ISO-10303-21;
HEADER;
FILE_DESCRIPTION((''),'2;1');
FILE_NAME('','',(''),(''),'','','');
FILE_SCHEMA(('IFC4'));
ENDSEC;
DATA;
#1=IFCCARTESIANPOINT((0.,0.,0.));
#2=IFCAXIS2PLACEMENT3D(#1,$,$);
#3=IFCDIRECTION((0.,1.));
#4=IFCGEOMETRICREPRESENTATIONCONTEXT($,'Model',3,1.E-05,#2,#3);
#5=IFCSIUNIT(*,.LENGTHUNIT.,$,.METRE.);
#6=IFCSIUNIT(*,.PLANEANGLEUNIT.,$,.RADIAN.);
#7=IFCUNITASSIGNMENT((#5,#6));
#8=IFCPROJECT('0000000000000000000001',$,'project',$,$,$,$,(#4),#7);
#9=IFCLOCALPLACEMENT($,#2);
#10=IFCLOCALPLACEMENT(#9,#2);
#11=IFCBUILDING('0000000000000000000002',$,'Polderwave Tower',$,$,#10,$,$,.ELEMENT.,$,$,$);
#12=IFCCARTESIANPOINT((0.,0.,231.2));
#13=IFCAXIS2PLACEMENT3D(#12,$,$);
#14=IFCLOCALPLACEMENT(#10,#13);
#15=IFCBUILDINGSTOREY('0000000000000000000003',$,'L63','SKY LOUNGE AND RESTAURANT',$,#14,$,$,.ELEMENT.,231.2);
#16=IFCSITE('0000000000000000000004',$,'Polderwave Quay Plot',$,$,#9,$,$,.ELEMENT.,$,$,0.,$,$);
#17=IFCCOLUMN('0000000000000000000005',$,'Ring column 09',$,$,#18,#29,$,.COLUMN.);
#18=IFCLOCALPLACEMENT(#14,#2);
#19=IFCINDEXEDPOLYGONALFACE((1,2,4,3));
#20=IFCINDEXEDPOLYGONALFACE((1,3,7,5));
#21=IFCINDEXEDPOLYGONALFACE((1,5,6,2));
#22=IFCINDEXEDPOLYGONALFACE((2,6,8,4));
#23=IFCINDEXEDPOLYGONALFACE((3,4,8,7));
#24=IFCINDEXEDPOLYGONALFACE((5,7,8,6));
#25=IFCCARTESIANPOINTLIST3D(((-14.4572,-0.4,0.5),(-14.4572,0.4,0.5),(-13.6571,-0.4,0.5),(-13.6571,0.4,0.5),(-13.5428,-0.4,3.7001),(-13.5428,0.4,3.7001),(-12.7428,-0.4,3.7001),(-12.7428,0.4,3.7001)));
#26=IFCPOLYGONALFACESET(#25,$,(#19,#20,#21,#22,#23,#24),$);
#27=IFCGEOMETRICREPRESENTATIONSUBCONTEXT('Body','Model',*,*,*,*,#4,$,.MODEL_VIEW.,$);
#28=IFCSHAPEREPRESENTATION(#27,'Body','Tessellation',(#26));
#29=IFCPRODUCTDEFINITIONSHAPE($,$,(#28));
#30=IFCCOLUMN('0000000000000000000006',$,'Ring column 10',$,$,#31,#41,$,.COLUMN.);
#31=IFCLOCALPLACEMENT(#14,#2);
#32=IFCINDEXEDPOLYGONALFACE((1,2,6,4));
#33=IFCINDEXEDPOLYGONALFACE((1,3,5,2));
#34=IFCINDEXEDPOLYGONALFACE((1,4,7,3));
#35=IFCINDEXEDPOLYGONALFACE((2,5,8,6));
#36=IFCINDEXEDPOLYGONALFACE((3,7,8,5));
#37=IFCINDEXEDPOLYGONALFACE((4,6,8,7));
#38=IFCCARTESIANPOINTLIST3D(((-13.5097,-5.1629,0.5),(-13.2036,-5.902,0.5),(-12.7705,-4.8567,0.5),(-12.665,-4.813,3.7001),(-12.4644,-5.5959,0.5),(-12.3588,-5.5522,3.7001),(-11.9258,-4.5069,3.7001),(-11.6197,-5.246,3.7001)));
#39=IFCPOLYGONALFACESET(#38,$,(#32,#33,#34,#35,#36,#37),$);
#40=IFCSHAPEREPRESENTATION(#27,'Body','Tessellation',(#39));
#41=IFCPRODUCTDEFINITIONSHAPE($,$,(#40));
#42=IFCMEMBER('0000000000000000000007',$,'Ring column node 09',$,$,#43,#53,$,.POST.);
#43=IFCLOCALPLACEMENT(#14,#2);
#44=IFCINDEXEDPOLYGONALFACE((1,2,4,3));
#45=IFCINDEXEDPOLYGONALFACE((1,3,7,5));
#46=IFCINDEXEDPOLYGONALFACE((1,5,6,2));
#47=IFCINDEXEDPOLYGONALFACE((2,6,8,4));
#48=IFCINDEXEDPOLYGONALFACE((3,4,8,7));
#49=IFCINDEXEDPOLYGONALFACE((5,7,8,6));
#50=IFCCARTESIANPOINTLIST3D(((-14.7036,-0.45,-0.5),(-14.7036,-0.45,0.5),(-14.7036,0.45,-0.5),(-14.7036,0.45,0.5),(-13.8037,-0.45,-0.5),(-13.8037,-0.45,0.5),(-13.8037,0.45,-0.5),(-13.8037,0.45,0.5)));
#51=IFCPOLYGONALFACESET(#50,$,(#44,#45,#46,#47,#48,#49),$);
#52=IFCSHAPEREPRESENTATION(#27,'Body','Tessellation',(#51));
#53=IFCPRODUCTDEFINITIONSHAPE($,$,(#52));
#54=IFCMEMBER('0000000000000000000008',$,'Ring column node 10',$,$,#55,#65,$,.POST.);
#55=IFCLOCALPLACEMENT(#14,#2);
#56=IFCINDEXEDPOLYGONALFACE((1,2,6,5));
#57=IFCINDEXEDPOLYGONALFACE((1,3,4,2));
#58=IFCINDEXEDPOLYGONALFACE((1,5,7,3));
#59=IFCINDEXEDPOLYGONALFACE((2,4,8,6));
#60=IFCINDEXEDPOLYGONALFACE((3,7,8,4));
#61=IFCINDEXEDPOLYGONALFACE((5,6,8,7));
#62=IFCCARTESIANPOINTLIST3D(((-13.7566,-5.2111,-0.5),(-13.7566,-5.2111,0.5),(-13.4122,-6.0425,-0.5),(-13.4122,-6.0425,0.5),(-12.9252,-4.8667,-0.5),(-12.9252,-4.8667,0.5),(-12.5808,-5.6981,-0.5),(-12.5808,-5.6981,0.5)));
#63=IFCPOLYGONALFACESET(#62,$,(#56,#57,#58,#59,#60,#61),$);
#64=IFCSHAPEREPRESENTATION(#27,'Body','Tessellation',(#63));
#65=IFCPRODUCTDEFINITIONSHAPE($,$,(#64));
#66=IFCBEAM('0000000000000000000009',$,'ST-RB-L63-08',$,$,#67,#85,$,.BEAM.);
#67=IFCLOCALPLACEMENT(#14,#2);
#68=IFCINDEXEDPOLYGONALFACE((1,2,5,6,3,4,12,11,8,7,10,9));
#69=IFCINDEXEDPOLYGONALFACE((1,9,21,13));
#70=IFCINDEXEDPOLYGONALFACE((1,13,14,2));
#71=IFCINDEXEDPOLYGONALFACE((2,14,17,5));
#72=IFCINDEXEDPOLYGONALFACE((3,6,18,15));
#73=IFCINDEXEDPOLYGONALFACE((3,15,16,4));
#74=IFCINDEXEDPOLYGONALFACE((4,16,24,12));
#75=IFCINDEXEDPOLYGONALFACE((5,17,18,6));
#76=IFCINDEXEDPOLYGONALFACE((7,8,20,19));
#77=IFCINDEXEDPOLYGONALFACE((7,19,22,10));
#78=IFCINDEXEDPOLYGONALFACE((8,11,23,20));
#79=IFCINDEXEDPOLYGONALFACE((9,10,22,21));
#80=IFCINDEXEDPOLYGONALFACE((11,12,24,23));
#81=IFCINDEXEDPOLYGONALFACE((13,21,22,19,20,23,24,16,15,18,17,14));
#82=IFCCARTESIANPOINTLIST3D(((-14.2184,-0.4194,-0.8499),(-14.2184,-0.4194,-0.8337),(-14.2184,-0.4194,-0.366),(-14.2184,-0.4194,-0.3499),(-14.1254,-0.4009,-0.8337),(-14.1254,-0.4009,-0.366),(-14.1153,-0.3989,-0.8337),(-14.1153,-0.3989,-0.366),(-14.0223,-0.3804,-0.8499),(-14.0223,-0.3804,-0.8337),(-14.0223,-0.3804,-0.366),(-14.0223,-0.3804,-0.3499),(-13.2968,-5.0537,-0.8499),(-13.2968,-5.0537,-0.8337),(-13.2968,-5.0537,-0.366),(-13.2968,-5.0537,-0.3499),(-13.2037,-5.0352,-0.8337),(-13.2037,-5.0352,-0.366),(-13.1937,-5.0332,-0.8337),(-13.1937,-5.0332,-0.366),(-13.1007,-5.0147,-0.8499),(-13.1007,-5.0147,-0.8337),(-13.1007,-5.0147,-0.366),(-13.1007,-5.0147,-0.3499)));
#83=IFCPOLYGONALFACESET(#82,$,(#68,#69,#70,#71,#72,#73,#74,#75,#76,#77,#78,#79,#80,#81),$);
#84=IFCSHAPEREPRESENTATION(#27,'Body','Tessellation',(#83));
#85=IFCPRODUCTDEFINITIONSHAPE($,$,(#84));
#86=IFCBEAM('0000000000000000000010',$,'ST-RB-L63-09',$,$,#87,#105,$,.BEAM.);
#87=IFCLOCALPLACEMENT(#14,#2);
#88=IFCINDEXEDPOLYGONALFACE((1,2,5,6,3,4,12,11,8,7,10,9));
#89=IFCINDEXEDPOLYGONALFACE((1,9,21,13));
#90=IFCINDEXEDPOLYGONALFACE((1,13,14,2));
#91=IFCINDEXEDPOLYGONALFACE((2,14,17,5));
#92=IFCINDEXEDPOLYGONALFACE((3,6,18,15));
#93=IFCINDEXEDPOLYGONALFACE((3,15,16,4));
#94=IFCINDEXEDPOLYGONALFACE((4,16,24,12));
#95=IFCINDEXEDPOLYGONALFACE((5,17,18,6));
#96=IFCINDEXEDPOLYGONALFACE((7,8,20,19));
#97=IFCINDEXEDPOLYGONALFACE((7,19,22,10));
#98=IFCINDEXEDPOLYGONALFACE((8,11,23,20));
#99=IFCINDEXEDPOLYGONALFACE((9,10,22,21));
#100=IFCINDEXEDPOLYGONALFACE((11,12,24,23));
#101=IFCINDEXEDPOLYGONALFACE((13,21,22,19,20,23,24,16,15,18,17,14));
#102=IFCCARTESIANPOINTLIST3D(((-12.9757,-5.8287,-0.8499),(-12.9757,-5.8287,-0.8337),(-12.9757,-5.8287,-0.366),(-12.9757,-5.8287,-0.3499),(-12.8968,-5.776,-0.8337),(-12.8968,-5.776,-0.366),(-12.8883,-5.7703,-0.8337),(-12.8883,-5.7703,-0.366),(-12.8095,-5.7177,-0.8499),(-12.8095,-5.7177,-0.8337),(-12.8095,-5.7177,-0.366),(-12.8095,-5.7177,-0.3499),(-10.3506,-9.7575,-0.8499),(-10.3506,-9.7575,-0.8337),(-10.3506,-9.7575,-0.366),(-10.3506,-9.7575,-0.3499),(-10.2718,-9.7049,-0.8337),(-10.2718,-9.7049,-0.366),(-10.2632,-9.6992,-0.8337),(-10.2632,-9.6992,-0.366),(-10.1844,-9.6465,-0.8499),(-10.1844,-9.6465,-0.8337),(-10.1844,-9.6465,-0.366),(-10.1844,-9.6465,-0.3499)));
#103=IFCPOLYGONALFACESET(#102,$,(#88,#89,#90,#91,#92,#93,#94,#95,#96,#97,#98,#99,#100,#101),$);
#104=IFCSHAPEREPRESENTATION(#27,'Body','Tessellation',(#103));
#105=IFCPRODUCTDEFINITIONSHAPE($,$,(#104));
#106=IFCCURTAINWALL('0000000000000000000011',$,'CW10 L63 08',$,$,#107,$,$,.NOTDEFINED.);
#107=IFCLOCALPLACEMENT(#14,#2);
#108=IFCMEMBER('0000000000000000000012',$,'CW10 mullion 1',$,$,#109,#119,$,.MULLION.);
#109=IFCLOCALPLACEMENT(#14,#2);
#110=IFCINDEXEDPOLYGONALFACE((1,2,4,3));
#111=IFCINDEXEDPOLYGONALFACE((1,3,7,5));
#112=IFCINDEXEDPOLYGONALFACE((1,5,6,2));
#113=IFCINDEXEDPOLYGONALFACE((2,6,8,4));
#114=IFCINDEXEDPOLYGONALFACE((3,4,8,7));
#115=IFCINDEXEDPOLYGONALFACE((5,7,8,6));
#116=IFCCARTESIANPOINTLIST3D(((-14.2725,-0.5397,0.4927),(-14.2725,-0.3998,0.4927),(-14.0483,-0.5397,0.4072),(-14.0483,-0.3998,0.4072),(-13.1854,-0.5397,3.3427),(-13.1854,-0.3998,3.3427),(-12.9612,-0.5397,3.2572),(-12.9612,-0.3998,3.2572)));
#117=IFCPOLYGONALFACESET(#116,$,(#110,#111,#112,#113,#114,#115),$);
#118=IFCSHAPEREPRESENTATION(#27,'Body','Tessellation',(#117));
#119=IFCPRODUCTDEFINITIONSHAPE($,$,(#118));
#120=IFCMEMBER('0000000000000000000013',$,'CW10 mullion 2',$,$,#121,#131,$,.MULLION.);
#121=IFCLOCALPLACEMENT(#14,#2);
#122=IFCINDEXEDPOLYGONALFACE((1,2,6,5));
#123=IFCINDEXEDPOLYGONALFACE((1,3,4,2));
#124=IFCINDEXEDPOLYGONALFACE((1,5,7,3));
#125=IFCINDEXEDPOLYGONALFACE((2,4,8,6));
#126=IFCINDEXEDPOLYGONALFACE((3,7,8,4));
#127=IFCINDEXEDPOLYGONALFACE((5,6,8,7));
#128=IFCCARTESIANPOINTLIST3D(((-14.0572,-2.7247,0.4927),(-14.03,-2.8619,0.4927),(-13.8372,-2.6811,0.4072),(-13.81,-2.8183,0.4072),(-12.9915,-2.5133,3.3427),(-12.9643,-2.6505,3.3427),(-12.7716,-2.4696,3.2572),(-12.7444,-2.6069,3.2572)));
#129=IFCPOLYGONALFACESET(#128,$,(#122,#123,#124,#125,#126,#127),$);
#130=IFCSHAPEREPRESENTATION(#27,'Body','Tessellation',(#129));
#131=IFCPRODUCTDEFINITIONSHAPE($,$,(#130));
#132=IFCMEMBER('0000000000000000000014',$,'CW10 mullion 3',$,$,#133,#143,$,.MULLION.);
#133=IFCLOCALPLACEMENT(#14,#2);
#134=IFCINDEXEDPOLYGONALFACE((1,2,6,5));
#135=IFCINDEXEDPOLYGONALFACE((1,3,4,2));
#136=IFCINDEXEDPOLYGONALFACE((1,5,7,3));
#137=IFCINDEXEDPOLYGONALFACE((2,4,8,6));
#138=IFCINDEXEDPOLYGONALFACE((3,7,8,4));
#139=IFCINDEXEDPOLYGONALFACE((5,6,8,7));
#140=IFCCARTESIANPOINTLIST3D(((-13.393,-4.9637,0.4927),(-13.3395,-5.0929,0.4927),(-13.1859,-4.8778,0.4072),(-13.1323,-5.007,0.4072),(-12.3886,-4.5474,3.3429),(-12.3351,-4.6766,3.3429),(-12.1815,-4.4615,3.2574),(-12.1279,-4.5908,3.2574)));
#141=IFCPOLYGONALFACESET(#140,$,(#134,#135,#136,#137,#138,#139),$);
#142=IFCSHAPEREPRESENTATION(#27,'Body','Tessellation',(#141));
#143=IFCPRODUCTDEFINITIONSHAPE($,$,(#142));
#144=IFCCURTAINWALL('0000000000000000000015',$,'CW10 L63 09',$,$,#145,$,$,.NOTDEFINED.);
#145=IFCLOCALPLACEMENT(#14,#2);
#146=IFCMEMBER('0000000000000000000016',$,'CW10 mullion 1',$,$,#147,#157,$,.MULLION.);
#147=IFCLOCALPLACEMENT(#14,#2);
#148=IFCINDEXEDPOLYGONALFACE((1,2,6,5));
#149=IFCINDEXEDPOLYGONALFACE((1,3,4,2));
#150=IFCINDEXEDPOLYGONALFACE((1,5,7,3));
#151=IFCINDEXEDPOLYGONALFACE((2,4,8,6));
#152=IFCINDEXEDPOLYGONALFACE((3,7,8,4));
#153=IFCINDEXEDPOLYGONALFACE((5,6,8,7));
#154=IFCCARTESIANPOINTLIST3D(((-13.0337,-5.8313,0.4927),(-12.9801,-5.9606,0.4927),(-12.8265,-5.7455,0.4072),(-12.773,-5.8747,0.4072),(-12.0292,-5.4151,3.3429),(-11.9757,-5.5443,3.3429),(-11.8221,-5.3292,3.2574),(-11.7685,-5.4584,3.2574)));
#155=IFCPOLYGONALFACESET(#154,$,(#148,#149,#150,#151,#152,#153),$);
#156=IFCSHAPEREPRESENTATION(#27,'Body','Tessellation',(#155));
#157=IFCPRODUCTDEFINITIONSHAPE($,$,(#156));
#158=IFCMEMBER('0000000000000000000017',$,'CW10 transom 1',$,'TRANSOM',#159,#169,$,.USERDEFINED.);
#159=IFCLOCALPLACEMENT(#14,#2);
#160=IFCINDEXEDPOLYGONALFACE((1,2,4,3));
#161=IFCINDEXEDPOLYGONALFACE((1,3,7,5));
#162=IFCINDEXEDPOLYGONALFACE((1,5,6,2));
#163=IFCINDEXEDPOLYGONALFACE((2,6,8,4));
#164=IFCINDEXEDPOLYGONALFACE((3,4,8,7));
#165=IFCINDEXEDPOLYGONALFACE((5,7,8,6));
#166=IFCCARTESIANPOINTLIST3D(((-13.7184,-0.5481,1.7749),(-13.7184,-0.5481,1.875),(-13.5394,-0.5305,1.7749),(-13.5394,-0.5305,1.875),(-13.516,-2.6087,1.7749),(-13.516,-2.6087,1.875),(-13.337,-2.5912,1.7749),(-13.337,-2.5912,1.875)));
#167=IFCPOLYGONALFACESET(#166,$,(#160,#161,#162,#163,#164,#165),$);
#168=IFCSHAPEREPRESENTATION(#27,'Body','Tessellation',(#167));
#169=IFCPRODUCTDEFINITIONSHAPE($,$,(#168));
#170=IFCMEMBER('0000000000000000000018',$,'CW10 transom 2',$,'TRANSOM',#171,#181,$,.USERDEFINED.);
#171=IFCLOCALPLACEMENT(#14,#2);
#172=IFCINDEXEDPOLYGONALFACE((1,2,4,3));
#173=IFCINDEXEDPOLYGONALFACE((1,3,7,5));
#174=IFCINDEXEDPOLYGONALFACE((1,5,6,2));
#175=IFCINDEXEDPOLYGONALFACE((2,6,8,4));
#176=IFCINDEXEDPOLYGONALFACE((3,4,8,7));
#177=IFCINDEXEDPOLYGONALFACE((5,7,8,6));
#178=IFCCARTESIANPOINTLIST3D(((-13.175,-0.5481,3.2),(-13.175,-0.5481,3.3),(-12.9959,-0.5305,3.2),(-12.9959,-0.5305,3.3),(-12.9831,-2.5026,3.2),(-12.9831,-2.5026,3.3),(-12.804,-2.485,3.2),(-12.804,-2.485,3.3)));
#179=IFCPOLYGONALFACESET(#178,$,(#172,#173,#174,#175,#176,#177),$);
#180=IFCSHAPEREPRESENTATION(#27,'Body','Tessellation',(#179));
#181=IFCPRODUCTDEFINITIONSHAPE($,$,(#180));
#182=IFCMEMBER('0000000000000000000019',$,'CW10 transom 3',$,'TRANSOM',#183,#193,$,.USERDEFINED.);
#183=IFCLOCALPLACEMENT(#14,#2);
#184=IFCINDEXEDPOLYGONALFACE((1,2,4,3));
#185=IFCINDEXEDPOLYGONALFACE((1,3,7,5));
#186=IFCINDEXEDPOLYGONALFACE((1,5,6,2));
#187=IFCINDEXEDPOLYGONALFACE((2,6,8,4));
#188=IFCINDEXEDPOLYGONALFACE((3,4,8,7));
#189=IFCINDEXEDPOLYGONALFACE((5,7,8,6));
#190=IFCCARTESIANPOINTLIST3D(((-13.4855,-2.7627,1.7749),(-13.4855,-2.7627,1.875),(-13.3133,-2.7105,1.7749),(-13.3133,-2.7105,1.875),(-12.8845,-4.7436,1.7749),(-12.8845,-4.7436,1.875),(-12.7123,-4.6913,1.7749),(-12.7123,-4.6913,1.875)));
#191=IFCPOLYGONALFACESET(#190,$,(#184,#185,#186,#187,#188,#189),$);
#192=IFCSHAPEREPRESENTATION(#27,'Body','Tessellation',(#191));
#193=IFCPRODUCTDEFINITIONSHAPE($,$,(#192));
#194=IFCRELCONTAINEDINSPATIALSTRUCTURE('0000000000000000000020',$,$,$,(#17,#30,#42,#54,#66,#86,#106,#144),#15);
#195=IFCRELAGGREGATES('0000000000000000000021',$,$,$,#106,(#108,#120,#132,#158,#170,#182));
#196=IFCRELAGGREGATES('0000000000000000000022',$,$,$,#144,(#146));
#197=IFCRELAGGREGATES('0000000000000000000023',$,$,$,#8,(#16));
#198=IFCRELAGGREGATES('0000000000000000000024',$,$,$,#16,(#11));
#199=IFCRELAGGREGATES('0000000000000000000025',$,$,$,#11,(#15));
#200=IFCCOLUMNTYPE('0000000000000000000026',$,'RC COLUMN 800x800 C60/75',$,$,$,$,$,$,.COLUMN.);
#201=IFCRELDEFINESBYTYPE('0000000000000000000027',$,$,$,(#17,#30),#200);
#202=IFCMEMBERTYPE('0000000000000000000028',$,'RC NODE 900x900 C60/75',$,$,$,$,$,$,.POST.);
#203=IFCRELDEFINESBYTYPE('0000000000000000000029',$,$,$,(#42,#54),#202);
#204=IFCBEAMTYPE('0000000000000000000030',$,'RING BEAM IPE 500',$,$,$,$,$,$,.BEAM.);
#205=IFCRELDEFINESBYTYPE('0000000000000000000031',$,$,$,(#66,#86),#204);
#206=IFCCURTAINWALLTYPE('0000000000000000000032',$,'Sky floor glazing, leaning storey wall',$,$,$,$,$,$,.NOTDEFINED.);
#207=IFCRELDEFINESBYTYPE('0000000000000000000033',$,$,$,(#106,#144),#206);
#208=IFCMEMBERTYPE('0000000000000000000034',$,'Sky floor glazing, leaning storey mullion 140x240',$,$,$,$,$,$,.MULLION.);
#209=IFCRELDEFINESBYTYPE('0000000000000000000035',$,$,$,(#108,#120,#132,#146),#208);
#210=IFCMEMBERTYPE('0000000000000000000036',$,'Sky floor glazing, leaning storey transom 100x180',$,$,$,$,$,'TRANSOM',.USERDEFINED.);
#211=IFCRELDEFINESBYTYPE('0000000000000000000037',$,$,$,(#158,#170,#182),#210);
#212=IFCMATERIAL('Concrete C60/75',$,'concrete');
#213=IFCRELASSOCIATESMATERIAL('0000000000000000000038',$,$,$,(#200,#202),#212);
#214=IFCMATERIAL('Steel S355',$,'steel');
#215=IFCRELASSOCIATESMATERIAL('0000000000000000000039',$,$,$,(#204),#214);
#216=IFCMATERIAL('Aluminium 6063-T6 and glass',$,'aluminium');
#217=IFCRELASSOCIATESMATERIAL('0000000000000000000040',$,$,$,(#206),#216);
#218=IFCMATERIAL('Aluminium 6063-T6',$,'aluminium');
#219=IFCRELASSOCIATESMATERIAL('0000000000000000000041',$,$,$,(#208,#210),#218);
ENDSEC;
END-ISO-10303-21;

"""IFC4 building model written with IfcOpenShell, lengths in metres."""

from ifc_helpers import new_model, si_unit, direction, frame, origin, origin_2d, place, context, subcontext, project, spatial, rectangle, i_section, extrude, material, material_profile, profile_set, type_object, element, aggregate, save


model = new_model("IFC4")

# Units and contexts
model_context = context("Model", 3, precision=1e-05, world=origin(), true_north=direction((0.0, 1.0)))
body_context = subcontext(model_context, "Body", "Model", "MODEL_VIEW")
ifc_project = project(units=[si_unit("LENGTHUNIT", "METRE"), si_unit("PLANEANGLEUNIT", "RADIAN")], contexts=[model_context])

# Site, building, storey
site_placement = place(None, origin())
site = spatial("IfcSite", under=ifc_project, at=site_placement, Name="Polderwave Quay Plot", CompositionType="ELEMENT", RefElevation=0.0)
building_placement = place(site_placement, origin())
building = spatial("IfcBuilding", under=site, at=building_placement, Name="Polderwave Tower", CompositionType="ELEMENT")
storey_placement = place(building_placement, frame((0.0, 0.0, 231.2)))
storey = spatial("IfcBuildingStorey", under=building, at=storey_placement, Name="L63", Description="SKY LOUNGE AND RESTAURANT", CompositionType="ELEMENT", Elevation=231.2)

# Columns
ifc_material_1 = material(Name="Concrete C60/75", Category="concrete")
ifc_material_profile_1 = material_profile(ifc_material_1, rectangle(XDim=0.8, YDim=0.8, at=origin_2d()), Name="RC 800x800")
ifc_profile_set_1 = profile_set([ifc_material_profile_1], Name="Concrete C60/75")
column_type = type_object("IfcColumnType", Name="RC COLUMN 800x800 C60/75", PredefinedType="COLUMN", material=ifc_profile_set_1)
column_1_placement = place(storey_placement, frame((-14.0571, 0.0, 0.5), z_axis=(0.0, 0.0, 1.0), x_axis=(0.0, 1.0, 0.0)))
element("IfcColumn", 1, at=column_1_placement, inside=storey, type_object=column_type, Name="Ring column 09", PredefinedType="COLUMN", context=body_context, shape_type="SweptSolid", body=[
    extrude(rectangle(XDim=0.8, YDim=0.8, at=origin_2d()), origin(), (0.0, -0.274731, 0.961521), 3.3281),
])
column_2_placement = place(storey_placement, frame((-12.9871, -5.3794, 0.5), z_axis=(0.0, 0.0, 1.0), x_axis=(-0.382643, 0.923896, 0.0)))
element("IfcColumn", 2, at=column_2_placement, inside=storey, type_object=column_type, Name="Ring column 10", PredefinedType="COLUMN", context=body_context, shape_type="SweptSolid", body=[
    extrude(rectangle(XDim=0.8, YDim=0.8, at=origin_2d()), origin(), (0.0, -0.274731, 0.961521), 3.3281),
])

# Members
ifc_material_profile_2 = material_profile(ifc_material_1, rectangle(XDim=0.8999, YDim=0.8999, at=origin_2d()), Name="RC 900x900")
ifc_profile_set_2 = profile_set([ifc_material_profile_2], Name="Concrete C60/75")
member_type_1 = type_object("IfcMemberType", Name="RC NODE 900x900 C60/75", PredefinedType="POST", material=ifc_profile_set_2)
for number, where, z_axis, x_axis, name in (
    (3, (-14.2537, 0.0, -0.5), (0.0, 0.0, 1.0), (-1.0, 0.0, 0.0), "Ring column node 09"),
    (4, (-13.1687, -5.4546, -0.5), (0.0, 0.0, 1.0), (-0.92388, -0.382683, 0.0), "Ring column node 10"),
):
    element("IfcMember", number, at=place(storey_placement, frame(where, z_axis=z_axis, x_axis=x_axis)), inside=storey, type_object=member_type_1, Name=name, PredefinedType="POST", context=body_context, shape_type="SweptSolid", body=[
        extrude(rectangle(XDim=0.8999, YDim=0.8999, at=origin_2d()), origin(), (0.0, 0.0, 1.0), 1.0),
    ])

# Beams
ifc_material_2 = material(Name="Steel S355", Category="steel")
ifc_material_profile_3 = material_profile(ifc_material_2, i_section(OverallWidth=0.2, OverallDepth=0.5, WebThickness=0.0103, FlangeThickness=0.0161, at=origin_2d()), Name="IPE 500")
ifc_profile_set_3 = profile_set([ifc_material_profile_3], Name="Steel S355")
beam_type = type_object("IfcBeamType", Name="RING BEAM IPE 500", PredefinedType="BEAM", material=ifc_profile_set_3)
for number, where, z_axis, x_axis, name in (
    (5, (-14.1204, -0.3999, -0.5999), (0.195053, -0.980793, 0.0), (0.980793, 0.195053, 0.0), "ST-RB-L63-08"),
    (6, (-12.8926, -5.7732, -0.5999), (0.555558, -0.831478, 0.0), (0.831478, 0.555558, 0.0), "ST-RB-L63-09"),
):
    element("IfcBeam", number, at=place(storey_placement, frame(where, z_axis=z_axis, x_axis=x_axis)), inside=storey, type_object=beam_type, Name=name, PredefinedType="BEAM", context=body_context, shape_type="SweptSolid", body=[
        extrude(i_section(OverallWidth=0.2, OverallDepth=0.5, WebThickness=0.0103, FlangeThickness=0.0161, at=origin_2d()), origin(), (0.0, 0.0, 1.0), 4.7251),
    ])

# Curtain wall, members
ifc_material_3 = material(Name="Aluminium 6063-T6 and glass", Category="aluminium")
curtain_wall_type = type_object("IfcCurtainWallType", Name="Sky floor glazing, leaning storey wall", PredefinedType="NOTDEFINED", material=ifc_material_3)
curtain_wall_1_placement = place(storey_placement, origin())
curtain_wall_1 = element("IfcCurtainWall", 7, at=curtain_wall_1_placement, inside=storey, type_object=curtain_wall_type, Name="CW10 L63 08", PredefinedType="NOTDEFINED")
ifc_material_4 = material(Name="Aluminium 6063-T6", Category="aluminium")
ifc_material_profile_4 = material_profile(ifc_material_4, rectangle(XDim=0.1399, YDim=0.24, at=origin_2d()), Name="AL 140x240")
ifc_profile_set_4 = profile_set([ifc_material_profile_4], Name="Aluminium 6063-T6")
member_type_2 = type_object("IfcMemberType", Name="Sky floor glazing, leaning storey mullion 140x240", PredefinedType="MULLION", material=ifc_profile_set_4)
member_1_placement = place(storey_placement, frame((-14.1604, -0.4697, 0.45), z_axis=(0.356398, 0.0, 0.934334), x_axis=(0.0, 1.0, 0.0)))
member_1 = element("IfcMember", 8, at=member_1_placement, type_object=member_type_2, Name="CW10 mullion 1", PredefinedType="MULLION", context=body_context, shape_type="SweptSolid", body=[
    extrude(rectangle(XDim=0.1399, YDim=0.24, at=origin_2d()), origin(), (0.0, 0.0, 1.0), 3.0503),
])
member_2_placement = place(storey_placement, frame((-13.9336, -2.7715, 0.45), z_axis=(0.349384, 0.069317, 0.934412), x_axis=(-0.194603, 0.980882, 0.0)))
member_2 = element("IfcMember", 9, at=member_2_placement, type_object=member_type_2, Name="CW10 mullion 2", PredefinedType="MULLION", context=body_context, shape_type="SweptSolid", body=[
    extrude(rectangle(XDim=0.1399, YDim=0.24, at=origin_2d()), origin(), (0.0, 0.0, 1.0), 3.05),
])
member_3_placement = place(storey_placement, frame((-13.2627, -4.9854, 0.45), z_axis=(0.329263, 0.136459, 0.934326), x_axis=(-0.382861, 0.923806, 0.0)))
member_3 = element("IfcMember", 10, at=member_3_placement, type_object=member_type_2, Name="CW10 mullion 3", PredefinedType="MULLION", context=body_context, shape_type="SweptSolid", body=[
    extrude(rectangle(XDim=0.1399, YDim=0.24, at=origin_2d()), origin(), (0.0, 0.0, 1.0), 3.0505),
])

# Curtain wall, member
curtain_wall_2_placement = place(storey_placement, origin())
curtain_wall_2 = element("IfcCurtainWall", 11, at=curtain_wall_2_placement, inside=storey, type_object=curtain_wall_type, Name="CW10 L63 09", PredefinedType="NOTDEFINED")
member_4_placement = place(storey_placement, frame((-12.9033, -5.853, 0.45), z_axis=(0.329263, 0.136459, 0.934326), x_axis=(-0.382861, 0.923806, 0.0)))
member_4 = element("IfcMember", 12, at=member_4_placement, type_object=member_type_2, Name="CW10 mullion 1", PredefinedType="MULLION", context=body_context, shape_type="SweptSolid", body=[
    extrude(rectangle(XDim=0.1399, YDim=0.24, at=origin_2d()), origin(), (0.0, 0.0, 1.0), 3.0505),
])

# Members
ifc_material_profile_5 = material_profile(ifc_material_4, rectangle(XDim=0.1799, YDim=0.1001, at=origin_2d()), Name="AL 100x180")
ifc_profile_set_5 = profile_set([ifc_material_profile_5], Name="Aluminium 6063-T6")
member_type_3 = type_object("IfcMemberType", Name="Sky floor glazing, leaning storey transom 100x180", ElementType="TRANSOM", PredefinedType="USERDEFINED", material=ifc_profile_set_5)
member_5_placement = place(storey_placement, frame((-13.6289, -0.5393, 1.825), z_axis=(0.097752, -0.995211, 0.0), x_axis=(0.995211, 0.097752, 0.0)))
member_5 = element("IfcMember", 13, at=member_5_placement, type_object=member_type_3, Name="CW10 transom 1", ObjectType="TRANSOM", PredefinedType="USERDEFINED", context=body_context, shape_type="SweptSolid", body=[
    extrude(rectangle(XDim=0.1799, YDim=0.1001, at=origin_2d()), origin(), (0.0, 0.0, 1.0), 2.0706),
])
member_6_placement = place(storey_placement, frame((-13.0854, -0.5393, 3.25), z_axis=(0.097707, -0.995215, 0.0), x_axis=(0.995215, 0.097707, 0.0)))
member_6 = element("IfcMember", 14, at=member_6_placement, type_object=member_type_3, Name="CW10 transom 2", ObjectType="TRANSOM", PredefinedType="USERDEFINED", context=body_context, shape_type="SweptSolid", body=[
    extrude(rectangle(XDim=0.1799, YDim=0.1001, at=origin_2d()), origin(), (0.0, 0.0, 1.0), 1.9639),
])
member_7_placement = place(storey_placement, frame((-13.3994, -2.7366, 1.825), z_axis=(0.290354, -0.956919, 0.0), x_axis=(0.956919, 0.290354, 0.0)))
member_7 = element("IfcMember", 15, at=member_7_placement, type_object=member_type_3, Name="CW10 transom 3", ObjectType="TRANSOM", PredefinedType="USERDEFINED", context=body_context, shape_type="SweptSolid", body=[
    extrude(rectangle(XDim=0.1799, YDim=0.1001, at=origin_2d()), origin(), (0.0, 0.0, 1.0), 2.0701),
])

aggregate(curtain_wall_1, [member_1, member_2, member_3, member_5, member_6, member_7])
aggregate(curtain_wall_2, [member_4])

save(model, "model.ifc")
